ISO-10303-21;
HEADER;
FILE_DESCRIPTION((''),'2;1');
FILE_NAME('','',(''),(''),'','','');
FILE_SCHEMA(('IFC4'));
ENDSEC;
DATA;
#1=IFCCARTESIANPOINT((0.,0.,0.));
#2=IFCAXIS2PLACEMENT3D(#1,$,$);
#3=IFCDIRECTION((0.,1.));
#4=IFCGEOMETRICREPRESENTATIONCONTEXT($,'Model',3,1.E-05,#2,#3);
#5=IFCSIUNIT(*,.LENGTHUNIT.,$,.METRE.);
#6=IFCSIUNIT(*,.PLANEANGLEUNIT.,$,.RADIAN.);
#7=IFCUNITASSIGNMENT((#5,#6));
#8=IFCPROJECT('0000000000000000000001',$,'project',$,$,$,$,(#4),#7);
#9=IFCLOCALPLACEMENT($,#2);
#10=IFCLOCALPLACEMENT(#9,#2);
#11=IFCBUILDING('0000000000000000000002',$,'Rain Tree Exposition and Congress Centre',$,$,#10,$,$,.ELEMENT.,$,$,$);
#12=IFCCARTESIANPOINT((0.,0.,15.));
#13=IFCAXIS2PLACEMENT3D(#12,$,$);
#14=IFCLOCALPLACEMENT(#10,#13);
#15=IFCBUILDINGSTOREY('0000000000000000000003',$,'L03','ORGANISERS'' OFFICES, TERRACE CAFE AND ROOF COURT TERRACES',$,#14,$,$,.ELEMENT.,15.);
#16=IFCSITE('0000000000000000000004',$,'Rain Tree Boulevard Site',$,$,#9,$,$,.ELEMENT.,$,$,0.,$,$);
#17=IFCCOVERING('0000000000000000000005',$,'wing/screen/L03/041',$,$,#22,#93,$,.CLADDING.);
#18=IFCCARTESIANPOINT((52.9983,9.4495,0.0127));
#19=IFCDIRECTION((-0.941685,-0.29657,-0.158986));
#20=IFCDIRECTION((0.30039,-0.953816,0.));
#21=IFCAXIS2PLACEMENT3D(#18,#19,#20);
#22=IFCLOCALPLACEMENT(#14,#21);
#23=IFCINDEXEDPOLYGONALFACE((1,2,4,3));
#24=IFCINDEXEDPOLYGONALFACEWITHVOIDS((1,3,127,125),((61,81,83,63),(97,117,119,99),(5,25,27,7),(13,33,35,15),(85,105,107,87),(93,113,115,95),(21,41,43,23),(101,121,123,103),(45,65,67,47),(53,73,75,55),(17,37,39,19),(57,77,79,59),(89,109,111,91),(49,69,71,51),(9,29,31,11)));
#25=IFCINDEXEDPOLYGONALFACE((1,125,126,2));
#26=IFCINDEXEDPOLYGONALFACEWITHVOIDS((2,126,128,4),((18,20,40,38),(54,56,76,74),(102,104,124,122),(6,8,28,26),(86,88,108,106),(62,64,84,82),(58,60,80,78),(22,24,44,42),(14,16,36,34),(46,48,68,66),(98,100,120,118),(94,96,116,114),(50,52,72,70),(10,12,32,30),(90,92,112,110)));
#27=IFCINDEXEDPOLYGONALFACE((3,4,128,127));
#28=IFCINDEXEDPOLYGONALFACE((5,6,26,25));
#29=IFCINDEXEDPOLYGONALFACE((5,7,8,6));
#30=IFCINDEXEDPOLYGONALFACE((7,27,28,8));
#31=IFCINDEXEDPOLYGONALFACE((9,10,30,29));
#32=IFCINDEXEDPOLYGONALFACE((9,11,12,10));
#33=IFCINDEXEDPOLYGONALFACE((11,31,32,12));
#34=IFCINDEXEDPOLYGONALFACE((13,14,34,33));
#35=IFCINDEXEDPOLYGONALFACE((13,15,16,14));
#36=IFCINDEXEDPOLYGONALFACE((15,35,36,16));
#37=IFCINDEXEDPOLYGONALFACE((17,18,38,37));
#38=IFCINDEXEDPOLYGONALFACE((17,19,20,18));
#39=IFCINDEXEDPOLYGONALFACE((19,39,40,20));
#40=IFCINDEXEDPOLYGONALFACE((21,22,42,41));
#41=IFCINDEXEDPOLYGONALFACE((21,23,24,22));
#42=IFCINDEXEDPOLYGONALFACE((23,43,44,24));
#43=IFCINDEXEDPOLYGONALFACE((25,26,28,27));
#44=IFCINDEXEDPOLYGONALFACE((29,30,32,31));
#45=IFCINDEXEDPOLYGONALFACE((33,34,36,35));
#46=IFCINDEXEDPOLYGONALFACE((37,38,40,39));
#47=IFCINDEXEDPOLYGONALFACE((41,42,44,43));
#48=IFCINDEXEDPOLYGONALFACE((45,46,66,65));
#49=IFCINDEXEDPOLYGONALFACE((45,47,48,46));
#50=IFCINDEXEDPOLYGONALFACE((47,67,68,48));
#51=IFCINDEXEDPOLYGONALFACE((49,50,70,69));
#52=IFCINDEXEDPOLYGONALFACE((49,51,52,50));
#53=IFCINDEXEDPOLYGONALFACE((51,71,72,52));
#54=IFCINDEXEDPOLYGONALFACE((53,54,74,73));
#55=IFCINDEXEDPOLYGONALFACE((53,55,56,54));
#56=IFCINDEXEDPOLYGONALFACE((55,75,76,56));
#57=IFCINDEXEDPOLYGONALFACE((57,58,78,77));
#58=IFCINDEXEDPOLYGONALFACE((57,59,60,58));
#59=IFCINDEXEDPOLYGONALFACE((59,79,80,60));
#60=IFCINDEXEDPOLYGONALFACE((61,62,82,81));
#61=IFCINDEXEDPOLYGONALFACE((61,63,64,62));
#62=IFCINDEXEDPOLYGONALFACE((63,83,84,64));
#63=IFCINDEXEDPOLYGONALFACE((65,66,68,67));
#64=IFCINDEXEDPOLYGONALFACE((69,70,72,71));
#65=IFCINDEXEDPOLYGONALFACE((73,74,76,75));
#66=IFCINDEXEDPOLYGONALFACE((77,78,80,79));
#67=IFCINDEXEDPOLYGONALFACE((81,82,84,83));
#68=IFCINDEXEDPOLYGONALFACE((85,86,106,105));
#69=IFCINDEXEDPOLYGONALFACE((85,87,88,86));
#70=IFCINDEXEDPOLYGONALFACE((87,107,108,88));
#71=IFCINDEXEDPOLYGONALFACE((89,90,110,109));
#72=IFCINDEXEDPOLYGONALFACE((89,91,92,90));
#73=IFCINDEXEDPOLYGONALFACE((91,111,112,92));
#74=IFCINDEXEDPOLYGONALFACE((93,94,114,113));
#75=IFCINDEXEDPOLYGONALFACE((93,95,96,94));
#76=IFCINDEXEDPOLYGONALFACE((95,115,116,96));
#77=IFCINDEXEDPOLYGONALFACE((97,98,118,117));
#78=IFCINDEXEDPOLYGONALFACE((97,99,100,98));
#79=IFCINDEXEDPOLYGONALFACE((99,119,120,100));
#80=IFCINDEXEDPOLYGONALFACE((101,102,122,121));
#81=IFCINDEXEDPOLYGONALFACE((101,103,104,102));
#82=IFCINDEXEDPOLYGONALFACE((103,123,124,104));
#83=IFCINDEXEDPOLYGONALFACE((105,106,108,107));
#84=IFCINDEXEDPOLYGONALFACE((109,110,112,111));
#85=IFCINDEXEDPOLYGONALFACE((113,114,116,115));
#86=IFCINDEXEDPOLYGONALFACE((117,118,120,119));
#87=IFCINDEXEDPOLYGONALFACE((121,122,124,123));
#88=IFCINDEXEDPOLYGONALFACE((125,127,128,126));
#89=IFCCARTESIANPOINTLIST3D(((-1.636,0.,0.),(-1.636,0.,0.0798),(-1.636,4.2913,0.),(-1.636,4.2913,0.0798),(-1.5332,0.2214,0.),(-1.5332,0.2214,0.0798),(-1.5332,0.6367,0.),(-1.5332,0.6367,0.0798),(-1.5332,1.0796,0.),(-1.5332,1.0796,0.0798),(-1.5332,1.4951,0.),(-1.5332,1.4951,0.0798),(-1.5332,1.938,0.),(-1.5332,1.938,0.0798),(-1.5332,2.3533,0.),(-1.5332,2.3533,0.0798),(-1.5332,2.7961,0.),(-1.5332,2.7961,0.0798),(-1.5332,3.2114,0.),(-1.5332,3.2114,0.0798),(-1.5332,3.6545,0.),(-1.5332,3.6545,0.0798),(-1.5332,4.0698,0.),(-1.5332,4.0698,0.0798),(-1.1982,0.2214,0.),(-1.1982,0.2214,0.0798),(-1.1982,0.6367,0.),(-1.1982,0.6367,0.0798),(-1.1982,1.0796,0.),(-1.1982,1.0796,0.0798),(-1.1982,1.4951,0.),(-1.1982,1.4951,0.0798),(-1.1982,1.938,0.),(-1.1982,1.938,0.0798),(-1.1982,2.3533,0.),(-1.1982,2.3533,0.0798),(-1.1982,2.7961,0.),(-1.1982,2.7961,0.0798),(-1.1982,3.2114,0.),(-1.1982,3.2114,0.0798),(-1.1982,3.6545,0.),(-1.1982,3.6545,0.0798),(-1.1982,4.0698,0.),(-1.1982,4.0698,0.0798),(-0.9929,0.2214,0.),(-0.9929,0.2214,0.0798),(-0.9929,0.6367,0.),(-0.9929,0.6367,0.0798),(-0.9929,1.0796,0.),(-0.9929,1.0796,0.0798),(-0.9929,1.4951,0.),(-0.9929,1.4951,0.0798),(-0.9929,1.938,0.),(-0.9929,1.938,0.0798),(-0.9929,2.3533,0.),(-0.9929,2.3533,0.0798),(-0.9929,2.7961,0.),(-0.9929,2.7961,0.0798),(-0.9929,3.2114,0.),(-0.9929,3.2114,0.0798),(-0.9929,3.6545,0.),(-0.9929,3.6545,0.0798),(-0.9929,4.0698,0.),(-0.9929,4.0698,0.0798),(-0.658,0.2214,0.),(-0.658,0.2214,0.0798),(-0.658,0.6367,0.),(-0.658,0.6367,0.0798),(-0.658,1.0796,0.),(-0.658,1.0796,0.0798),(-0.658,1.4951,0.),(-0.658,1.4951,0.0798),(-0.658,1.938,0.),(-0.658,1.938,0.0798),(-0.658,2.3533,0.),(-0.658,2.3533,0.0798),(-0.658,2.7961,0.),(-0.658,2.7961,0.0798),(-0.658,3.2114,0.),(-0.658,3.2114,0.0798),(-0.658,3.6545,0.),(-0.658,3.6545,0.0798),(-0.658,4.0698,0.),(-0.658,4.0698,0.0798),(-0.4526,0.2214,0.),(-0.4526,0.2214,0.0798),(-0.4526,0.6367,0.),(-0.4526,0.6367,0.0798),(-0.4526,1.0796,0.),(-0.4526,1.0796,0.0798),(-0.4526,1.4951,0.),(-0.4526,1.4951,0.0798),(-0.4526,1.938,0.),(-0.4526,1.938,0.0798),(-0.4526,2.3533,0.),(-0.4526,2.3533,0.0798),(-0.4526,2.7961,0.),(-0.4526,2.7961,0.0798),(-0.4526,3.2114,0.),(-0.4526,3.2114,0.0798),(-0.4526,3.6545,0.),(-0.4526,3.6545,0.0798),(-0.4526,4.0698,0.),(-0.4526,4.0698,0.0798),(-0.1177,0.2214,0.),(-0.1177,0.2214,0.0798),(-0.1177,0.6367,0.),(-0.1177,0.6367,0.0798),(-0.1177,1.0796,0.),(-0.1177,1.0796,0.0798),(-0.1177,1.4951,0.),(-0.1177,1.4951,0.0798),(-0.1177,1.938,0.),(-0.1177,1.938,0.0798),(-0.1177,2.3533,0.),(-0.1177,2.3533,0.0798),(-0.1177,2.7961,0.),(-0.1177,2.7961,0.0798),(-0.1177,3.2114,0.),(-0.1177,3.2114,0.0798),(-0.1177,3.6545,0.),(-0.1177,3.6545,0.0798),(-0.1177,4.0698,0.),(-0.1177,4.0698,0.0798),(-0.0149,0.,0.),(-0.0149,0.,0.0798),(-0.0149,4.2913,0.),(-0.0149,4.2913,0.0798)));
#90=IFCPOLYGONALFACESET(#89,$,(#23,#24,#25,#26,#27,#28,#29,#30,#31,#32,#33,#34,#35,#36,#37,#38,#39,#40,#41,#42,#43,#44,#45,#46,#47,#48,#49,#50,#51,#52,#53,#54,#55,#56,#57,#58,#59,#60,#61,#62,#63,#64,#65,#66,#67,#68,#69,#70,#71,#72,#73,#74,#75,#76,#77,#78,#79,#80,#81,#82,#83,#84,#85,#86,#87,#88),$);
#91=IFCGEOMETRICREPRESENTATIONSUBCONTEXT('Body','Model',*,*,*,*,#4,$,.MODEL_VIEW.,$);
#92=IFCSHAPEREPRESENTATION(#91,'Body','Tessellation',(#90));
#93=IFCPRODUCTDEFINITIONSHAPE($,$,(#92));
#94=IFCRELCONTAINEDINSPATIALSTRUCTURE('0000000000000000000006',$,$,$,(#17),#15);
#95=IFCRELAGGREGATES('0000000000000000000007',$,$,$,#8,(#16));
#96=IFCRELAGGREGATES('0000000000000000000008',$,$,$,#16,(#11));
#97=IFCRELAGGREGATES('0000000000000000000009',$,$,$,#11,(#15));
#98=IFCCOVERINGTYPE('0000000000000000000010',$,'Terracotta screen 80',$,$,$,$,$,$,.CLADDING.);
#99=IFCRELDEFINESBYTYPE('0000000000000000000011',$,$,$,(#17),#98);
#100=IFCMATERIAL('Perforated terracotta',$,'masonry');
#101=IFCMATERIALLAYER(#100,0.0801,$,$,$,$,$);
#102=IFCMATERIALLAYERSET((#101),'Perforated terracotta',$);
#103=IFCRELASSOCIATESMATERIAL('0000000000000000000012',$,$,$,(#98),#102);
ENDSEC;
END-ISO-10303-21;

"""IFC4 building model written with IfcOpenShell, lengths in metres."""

from ifc_helpers import new_model, si_unit, direction, frame, origin, place, context, subcontext, project, spatial, polyline, outline, extrude, material, layer, layer_set, type_object, element, save


model = new_model("IFC4")

# Units and contexts
model_context = context("Model", 3, precision=1e-05, world=origin(), true_north=direction((0.0, 1.0)))
body_context = subcontext(model_context, "Body", "Model", "MODEL_VIEW")
ifc_project = project(units=[si_unit("LENGTHUNIT", "METRE"), si_unit("PLANEANGLEUNIT", "RADIAN")], contexts=[model_context])

# Site, building, storey
site_placement = place(None, origin())
site = spatial("IfcSite", under=ifc_project, at=site_placement, Name="Rain Tree Boulevard Site", CompositionType="ELEMENT", RefElevation=0.0)
building_placement = place(site_placement, origin())
building = spatial("IfcBuilding", under=site, at=building_placement, Name="Rain Tree Exposition and Congress Centre", CompositionType="ELEMENT")
storey_placement = place(building_placement, frame((0.0, 0.0, 15.0)))
storey = spatial("IfcBuildingStorey", under=building, at=storey_placement, Name="L03", Description="ORGANISERS' OFFICES, TERRACE CAFE AND ROOF COURT TERRACES", CompositionType="ELEMENT", Elevation=15.0)

# Covering
ifc_material_1 = material(Name="Perforated terracotta", Category="masonry")
ifc_layer = layer(ifc_material_1, 0.0801)
ifc_layer_set = layer_set([ifc_layer], Name="Perforated terracotta")
covering_type = type_object("IfcCoveringType", Name="Terracotta screen 80", PredefinedType="CLADDING", material=ifc_layer_set)
covering_1_placement = place(storey_placement, frame((52.9983, 9.4495, 0.0127), z_axis=(-0.941685, -0.29657, -0.158986), x_axis=(0.30039, -0.953816, 0.0)))
element("IfcCovering", 1, at=covering_1_placement, inside=storey, type_object=covering_type, Name="wing/screen/L03/041", PredefinedType="CLADDING", context=body_context, shape_type="SweptSolid", body=[
    extrude(outline(polyline([(-1.636, 0.0), (-1.636, 4.2913), (-0.0149, 4.2913), (-0.0149, 0.0), (-1.636, 0.0)]), holes=[polyline([(-0.1177, 0.2214), (-0.1177, 0.6367), (-0.4526, 0.6367), (-0.4526, 0.2214), (-0.1177, 0.2214)]), polyline([(-0.1177, 1.0796), (-0.1177, 1.4951), (-0.4526, 1.4951), (-0.4526, 1.0796), (-0.1177, 1.0796)]), polyline([(-0.1177, 1.938), (-0.1177, 2.3533), (-0.4526, 2.3533), (-0.4526, 1.938), (-0.1177, 1.938)]), polyline([(-0.1177, 2.7961), (-0.1177, 3.2114), (-0.4526, 3.2114), (-0.4526, 2.7961), (-0.1177, 2.7961)]), polyline([(-0.1177, 3.6545), (-0.1177, 4.0698), (-0.4526, 4.0698), (-0.4526, 3.6545), (-0.1177, 3.6545)]), polyline([(-0.658, 0.2214), (-0.658, 0.6367), (-0.9929, 0.6367), (-0.9929, 0.2214), (-0.658, 0.2214)]), polyline([(-0.658, 1.0796), (-0.658, 1.4951), (-0.9929, 1.4951), (-0.9929, 1.0796), (-0.658, 1.0796)]), polyline([(-0.658, 1.938), (-0.658, 2.3533), (-0.9929, 2.3533), (-0.9929, 1.938), (-0.658, 1.938)]), polyline([(-0.658, 2.7961), (-0.658, 3.2114), (-0.9929, 3.2114), (-0.9929, 2.7961), (-0.658, 2.7961)]), polyline([(-0.658, 3.6545), (-0.658, 4.0698), (-0.9929, 4.0698), (-0.9929, 3.6545), (-0.658, 3.6545)]), polyline([(-1.1982, 0.2214), (-1.1982, 0.6367), (-1.5332, 0.6367), (-1.5332, 0.2214), (-1.1982, 0.2214)]), polyline([(-1.1982, 1.0796), (-1.1982, 1.4951), (-1.5332, 1.4951), (-1.5332, 1.0796), (-1.1982, 1.0796)]), polyline([(-1.1982, 1.938), (-1.1982, 2.3533), (-1.5332, 2.3533), (-1.5332, 1.938), (-1.1982, 1.938)]), polyline([(-1.1982, 2.7961), (-1.1982, 3.2114), (-1.5332, 3.2114), (-1.5332, 2.7961), (-1.1982, 2.7961)]), polyline([(-1.1982, 3.6545), (-1.1982, 4.0698), (-1.5332, 4.0698), (-1.5332, 3.6545), (-1.1982, 3.6545)])]), origin(), (0.0, 0.0, 1.0), 0.0798),
])

save(model, "model.ifc")
